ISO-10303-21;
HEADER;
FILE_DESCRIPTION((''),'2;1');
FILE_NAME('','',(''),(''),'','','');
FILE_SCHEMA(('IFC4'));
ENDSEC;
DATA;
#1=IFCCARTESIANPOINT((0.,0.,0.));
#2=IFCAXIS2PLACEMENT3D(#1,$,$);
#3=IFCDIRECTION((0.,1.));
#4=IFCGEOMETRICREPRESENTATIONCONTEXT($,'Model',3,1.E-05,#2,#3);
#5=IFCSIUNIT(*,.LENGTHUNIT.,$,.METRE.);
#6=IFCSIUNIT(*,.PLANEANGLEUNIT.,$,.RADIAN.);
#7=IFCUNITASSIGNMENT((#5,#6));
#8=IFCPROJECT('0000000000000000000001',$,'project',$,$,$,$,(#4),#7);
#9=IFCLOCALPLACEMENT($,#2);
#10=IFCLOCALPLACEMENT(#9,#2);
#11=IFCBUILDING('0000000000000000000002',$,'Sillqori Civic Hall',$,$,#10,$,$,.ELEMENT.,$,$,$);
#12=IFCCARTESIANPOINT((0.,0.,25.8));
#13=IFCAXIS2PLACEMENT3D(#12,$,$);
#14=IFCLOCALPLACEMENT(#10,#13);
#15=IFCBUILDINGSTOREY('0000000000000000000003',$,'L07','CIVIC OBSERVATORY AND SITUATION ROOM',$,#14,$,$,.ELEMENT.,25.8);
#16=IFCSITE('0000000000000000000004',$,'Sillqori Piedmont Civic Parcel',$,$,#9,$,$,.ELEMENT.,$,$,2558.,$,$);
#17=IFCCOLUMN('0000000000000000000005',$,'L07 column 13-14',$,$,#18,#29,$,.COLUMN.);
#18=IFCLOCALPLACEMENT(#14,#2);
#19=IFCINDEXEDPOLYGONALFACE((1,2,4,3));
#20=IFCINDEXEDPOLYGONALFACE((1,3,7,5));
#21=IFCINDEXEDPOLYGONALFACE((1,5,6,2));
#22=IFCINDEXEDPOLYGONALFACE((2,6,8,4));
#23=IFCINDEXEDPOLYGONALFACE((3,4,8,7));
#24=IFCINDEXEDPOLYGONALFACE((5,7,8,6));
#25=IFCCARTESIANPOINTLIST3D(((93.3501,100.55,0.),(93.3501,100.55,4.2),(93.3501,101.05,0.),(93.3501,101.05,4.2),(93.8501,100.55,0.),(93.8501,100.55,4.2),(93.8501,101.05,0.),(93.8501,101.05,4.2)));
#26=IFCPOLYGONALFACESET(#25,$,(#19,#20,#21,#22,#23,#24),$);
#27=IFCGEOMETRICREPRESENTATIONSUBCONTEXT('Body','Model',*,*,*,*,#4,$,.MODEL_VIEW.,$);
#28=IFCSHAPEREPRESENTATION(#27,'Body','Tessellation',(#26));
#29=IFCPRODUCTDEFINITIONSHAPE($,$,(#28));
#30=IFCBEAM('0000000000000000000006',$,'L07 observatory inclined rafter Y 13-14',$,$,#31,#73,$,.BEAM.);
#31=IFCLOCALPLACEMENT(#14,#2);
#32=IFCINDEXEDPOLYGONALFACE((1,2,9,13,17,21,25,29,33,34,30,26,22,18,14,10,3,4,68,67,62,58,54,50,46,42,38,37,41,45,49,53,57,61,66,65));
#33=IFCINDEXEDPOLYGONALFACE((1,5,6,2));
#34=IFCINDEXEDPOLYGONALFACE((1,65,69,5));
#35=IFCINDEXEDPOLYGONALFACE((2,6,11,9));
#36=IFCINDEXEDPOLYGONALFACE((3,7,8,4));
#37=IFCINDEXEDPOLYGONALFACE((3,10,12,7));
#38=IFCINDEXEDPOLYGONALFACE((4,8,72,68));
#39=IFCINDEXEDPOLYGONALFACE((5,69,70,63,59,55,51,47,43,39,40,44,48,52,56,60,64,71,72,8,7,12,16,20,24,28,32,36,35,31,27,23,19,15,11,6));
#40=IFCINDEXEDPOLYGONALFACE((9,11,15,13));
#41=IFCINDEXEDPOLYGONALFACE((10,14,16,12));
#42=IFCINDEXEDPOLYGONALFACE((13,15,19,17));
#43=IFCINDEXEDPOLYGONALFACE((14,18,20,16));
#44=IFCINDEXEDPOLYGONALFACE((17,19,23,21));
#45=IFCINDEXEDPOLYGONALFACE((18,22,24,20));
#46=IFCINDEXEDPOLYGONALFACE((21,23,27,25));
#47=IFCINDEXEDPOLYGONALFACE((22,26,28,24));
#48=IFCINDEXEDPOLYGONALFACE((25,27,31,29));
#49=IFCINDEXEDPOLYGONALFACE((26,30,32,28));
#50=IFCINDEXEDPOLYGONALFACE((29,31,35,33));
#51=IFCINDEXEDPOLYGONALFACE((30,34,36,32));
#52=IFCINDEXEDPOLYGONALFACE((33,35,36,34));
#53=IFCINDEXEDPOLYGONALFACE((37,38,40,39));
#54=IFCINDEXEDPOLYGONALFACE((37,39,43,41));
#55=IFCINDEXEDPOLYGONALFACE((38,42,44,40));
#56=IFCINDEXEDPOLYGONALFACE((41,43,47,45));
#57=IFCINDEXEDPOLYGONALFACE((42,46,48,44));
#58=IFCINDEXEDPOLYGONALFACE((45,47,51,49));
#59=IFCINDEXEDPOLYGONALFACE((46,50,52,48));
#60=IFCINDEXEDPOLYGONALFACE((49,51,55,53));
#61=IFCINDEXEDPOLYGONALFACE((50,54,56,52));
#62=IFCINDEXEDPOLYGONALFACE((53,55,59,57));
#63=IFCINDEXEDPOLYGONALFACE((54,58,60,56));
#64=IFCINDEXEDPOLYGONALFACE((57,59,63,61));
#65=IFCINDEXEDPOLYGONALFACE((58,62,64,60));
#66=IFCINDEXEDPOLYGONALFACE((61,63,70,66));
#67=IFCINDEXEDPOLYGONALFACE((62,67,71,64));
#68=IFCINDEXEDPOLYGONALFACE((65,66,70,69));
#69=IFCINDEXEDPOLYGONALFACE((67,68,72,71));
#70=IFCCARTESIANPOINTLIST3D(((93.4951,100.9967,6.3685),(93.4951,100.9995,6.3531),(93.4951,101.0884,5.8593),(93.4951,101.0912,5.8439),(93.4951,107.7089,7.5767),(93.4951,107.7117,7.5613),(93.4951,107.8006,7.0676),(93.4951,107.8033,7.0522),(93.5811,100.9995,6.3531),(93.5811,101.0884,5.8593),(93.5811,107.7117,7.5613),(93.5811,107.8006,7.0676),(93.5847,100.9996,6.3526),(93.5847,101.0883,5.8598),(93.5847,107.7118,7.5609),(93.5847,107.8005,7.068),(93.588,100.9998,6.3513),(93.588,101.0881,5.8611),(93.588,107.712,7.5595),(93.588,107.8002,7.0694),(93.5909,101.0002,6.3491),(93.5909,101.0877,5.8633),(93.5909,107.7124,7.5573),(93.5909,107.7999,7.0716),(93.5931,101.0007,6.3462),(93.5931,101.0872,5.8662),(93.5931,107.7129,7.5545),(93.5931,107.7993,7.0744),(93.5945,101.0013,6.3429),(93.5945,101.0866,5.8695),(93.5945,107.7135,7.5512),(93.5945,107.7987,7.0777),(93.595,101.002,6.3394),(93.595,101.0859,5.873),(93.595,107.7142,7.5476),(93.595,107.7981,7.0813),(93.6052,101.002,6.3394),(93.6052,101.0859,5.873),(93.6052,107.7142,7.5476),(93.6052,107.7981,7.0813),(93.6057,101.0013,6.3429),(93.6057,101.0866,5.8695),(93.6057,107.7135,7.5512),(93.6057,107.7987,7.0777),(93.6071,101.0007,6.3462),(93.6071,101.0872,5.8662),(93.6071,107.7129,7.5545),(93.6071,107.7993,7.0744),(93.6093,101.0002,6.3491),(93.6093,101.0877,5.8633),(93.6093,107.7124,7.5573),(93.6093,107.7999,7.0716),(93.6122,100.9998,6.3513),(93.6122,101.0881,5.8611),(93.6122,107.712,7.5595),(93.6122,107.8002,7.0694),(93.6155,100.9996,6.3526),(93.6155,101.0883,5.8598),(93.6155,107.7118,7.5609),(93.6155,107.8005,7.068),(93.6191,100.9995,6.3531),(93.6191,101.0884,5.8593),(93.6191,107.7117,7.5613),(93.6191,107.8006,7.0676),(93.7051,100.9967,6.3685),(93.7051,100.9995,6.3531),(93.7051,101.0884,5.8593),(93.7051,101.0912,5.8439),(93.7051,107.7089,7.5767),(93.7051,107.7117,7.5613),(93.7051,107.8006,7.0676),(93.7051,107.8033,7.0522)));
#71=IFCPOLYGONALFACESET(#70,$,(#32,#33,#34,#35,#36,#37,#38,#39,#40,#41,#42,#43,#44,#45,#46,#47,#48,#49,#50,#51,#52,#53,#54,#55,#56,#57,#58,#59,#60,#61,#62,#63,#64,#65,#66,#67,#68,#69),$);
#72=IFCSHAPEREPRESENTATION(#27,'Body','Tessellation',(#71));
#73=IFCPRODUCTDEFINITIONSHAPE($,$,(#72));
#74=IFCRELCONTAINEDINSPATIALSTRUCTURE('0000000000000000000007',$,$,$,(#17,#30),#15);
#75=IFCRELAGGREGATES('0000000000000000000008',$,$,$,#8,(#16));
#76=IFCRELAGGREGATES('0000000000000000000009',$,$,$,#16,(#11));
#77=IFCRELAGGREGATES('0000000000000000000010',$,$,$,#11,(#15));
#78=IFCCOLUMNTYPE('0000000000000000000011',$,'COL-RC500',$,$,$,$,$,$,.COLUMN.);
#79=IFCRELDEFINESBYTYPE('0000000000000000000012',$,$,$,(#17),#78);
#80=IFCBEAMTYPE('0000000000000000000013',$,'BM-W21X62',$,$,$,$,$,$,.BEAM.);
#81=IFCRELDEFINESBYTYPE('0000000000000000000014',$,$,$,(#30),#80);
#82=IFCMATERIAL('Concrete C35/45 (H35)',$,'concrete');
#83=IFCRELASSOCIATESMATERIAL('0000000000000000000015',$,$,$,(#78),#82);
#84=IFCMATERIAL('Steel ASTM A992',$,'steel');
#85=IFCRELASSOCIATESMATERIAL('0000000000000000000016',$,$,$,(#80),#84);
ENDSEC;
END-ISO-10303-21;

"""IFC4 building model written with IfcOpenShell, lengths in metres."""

from ifc_helpers import new_model, si_unit, direction, frame, origin, origin_2d, place, context, subcontext, project, spatial, rectangle, i_section, extrude, material, material_profile, profile_set, type_object, element, save


model = new_model("IFC4")

# Units and contexts
model_context = context("Model", 3, precision=1e-05, world=origin(), true_north=direction((0.0, 1.0)))
body_context = subcontext(model_context, "Body", "Model", "MODEL_VIEW")
ifc_project = project(units=[si_unit("LENGTHUNIT", "METRE"), si_unit("PLANEANGLEUNIT", "RADIAN")], contexts=[model_context])

# Site, building, storey
site_placement = place(None, origin())
site = spatial("IfcSite", under=ifc_project, at=site_placement, Name="Sillqori Piedmont Civic Parcel", CompositionType="ELEMENT", RefElevation=2558.0)
building_placement = place(site_placement, origin())
building = spatial("IfcBuilding", under=site, at=building_placement, Name="Sillqori Civic Hall", CompositionType="ELEMENT")
storey_placement = place(building_placement, frame((0.0, 0.0, 25.8)))
storey = spatial("IfcBuildingStorey", under=building, at=storey_placement, Name="L07", Description="CIVIC OBSERVATORY AND SITUATION ROOM", CompositionType="ELEMENT", Elevation=25.8)

# Column
ifc_material_1 = material(Name="Concrete C35/45 (H35)", Category="concrete")
ifc_material_profile_1 = material_profile(ifc_material_1, rectangle(XDim=0.5, YDim=0.5, at=origin_2d()), Name="RC 500x500")
ifc_profile_set_1 = profile_set([ifc_material_profile_1], Name="Concrete C35/45 (H35)")
column_type = type_object("IfcColumnType", Name="COL-RC500", PredefinedType="COLUMN", material=ifc_profile_set_1)
column_placement = place(storey_placement, frame((93.6001, 100.8, 0.0), z_axis=(0.0, 0.0, 1.0), x_axis=(1.0, 0.0, 0.0)))
element("IfcColumn", 1, at=column_placement, inside=storey, type_object=column_type, Name="L07 column 13-14", PredefinedType="COLUMN", context=body_context, shape_type="SweptSolid", body=[
    extrude(rectangle(XDim=0.5, YDim=0.5, at=origin_2d()), origin(), (0.0, 0.0, 1.0), 4.2),
])

# Beam
ifc_material_2 = material(Name="Steel ASTM A992", Category="steel")
ifc_material_profile_2 = material_profile(ifc_material_2, i_section(OverallWidth=0.21, OverallDepth=0.533, WebThickness=0.0103, FlangeThickness=0.0156, FilletRadius=0.0139, at=origin_2d()), Name="W21X62")
ifc_profile_set_2 = profile_set([ifc_material_profile_2], Name="Steel ASTM A992")
beam_type = type_object("IfcBeamType", Name="BM-W21X62", PredefinedType="BEAM", material=ifc_profile_set_2)
beam_placement = place(storey_placement, frame((93.6001, 101.0439, 6.1062), z_axis=(0.0, 0.984182, 0.177162), x_axis=(-1.0, 0.0, 0.0)))
element("IfcBeam", 2, at=beam_placement, inside=storey, type_object=beam_type, Name="L07 observatory inclined rafter Y 13-14", PredefinedType="BEAM", context=body_context, shape_type="SweptSolid", body=[
    extrude(i_section(OverallWidth=0.21, OverallDepth=0.533, WebThickness=0.0103, FlangeThickness=0.0156, FilletRadius=0.0139, at=origin_2d()), origin(), (0.0, 0.0, 1.0), 6.8201),
])

save(model, "model.ifc")
